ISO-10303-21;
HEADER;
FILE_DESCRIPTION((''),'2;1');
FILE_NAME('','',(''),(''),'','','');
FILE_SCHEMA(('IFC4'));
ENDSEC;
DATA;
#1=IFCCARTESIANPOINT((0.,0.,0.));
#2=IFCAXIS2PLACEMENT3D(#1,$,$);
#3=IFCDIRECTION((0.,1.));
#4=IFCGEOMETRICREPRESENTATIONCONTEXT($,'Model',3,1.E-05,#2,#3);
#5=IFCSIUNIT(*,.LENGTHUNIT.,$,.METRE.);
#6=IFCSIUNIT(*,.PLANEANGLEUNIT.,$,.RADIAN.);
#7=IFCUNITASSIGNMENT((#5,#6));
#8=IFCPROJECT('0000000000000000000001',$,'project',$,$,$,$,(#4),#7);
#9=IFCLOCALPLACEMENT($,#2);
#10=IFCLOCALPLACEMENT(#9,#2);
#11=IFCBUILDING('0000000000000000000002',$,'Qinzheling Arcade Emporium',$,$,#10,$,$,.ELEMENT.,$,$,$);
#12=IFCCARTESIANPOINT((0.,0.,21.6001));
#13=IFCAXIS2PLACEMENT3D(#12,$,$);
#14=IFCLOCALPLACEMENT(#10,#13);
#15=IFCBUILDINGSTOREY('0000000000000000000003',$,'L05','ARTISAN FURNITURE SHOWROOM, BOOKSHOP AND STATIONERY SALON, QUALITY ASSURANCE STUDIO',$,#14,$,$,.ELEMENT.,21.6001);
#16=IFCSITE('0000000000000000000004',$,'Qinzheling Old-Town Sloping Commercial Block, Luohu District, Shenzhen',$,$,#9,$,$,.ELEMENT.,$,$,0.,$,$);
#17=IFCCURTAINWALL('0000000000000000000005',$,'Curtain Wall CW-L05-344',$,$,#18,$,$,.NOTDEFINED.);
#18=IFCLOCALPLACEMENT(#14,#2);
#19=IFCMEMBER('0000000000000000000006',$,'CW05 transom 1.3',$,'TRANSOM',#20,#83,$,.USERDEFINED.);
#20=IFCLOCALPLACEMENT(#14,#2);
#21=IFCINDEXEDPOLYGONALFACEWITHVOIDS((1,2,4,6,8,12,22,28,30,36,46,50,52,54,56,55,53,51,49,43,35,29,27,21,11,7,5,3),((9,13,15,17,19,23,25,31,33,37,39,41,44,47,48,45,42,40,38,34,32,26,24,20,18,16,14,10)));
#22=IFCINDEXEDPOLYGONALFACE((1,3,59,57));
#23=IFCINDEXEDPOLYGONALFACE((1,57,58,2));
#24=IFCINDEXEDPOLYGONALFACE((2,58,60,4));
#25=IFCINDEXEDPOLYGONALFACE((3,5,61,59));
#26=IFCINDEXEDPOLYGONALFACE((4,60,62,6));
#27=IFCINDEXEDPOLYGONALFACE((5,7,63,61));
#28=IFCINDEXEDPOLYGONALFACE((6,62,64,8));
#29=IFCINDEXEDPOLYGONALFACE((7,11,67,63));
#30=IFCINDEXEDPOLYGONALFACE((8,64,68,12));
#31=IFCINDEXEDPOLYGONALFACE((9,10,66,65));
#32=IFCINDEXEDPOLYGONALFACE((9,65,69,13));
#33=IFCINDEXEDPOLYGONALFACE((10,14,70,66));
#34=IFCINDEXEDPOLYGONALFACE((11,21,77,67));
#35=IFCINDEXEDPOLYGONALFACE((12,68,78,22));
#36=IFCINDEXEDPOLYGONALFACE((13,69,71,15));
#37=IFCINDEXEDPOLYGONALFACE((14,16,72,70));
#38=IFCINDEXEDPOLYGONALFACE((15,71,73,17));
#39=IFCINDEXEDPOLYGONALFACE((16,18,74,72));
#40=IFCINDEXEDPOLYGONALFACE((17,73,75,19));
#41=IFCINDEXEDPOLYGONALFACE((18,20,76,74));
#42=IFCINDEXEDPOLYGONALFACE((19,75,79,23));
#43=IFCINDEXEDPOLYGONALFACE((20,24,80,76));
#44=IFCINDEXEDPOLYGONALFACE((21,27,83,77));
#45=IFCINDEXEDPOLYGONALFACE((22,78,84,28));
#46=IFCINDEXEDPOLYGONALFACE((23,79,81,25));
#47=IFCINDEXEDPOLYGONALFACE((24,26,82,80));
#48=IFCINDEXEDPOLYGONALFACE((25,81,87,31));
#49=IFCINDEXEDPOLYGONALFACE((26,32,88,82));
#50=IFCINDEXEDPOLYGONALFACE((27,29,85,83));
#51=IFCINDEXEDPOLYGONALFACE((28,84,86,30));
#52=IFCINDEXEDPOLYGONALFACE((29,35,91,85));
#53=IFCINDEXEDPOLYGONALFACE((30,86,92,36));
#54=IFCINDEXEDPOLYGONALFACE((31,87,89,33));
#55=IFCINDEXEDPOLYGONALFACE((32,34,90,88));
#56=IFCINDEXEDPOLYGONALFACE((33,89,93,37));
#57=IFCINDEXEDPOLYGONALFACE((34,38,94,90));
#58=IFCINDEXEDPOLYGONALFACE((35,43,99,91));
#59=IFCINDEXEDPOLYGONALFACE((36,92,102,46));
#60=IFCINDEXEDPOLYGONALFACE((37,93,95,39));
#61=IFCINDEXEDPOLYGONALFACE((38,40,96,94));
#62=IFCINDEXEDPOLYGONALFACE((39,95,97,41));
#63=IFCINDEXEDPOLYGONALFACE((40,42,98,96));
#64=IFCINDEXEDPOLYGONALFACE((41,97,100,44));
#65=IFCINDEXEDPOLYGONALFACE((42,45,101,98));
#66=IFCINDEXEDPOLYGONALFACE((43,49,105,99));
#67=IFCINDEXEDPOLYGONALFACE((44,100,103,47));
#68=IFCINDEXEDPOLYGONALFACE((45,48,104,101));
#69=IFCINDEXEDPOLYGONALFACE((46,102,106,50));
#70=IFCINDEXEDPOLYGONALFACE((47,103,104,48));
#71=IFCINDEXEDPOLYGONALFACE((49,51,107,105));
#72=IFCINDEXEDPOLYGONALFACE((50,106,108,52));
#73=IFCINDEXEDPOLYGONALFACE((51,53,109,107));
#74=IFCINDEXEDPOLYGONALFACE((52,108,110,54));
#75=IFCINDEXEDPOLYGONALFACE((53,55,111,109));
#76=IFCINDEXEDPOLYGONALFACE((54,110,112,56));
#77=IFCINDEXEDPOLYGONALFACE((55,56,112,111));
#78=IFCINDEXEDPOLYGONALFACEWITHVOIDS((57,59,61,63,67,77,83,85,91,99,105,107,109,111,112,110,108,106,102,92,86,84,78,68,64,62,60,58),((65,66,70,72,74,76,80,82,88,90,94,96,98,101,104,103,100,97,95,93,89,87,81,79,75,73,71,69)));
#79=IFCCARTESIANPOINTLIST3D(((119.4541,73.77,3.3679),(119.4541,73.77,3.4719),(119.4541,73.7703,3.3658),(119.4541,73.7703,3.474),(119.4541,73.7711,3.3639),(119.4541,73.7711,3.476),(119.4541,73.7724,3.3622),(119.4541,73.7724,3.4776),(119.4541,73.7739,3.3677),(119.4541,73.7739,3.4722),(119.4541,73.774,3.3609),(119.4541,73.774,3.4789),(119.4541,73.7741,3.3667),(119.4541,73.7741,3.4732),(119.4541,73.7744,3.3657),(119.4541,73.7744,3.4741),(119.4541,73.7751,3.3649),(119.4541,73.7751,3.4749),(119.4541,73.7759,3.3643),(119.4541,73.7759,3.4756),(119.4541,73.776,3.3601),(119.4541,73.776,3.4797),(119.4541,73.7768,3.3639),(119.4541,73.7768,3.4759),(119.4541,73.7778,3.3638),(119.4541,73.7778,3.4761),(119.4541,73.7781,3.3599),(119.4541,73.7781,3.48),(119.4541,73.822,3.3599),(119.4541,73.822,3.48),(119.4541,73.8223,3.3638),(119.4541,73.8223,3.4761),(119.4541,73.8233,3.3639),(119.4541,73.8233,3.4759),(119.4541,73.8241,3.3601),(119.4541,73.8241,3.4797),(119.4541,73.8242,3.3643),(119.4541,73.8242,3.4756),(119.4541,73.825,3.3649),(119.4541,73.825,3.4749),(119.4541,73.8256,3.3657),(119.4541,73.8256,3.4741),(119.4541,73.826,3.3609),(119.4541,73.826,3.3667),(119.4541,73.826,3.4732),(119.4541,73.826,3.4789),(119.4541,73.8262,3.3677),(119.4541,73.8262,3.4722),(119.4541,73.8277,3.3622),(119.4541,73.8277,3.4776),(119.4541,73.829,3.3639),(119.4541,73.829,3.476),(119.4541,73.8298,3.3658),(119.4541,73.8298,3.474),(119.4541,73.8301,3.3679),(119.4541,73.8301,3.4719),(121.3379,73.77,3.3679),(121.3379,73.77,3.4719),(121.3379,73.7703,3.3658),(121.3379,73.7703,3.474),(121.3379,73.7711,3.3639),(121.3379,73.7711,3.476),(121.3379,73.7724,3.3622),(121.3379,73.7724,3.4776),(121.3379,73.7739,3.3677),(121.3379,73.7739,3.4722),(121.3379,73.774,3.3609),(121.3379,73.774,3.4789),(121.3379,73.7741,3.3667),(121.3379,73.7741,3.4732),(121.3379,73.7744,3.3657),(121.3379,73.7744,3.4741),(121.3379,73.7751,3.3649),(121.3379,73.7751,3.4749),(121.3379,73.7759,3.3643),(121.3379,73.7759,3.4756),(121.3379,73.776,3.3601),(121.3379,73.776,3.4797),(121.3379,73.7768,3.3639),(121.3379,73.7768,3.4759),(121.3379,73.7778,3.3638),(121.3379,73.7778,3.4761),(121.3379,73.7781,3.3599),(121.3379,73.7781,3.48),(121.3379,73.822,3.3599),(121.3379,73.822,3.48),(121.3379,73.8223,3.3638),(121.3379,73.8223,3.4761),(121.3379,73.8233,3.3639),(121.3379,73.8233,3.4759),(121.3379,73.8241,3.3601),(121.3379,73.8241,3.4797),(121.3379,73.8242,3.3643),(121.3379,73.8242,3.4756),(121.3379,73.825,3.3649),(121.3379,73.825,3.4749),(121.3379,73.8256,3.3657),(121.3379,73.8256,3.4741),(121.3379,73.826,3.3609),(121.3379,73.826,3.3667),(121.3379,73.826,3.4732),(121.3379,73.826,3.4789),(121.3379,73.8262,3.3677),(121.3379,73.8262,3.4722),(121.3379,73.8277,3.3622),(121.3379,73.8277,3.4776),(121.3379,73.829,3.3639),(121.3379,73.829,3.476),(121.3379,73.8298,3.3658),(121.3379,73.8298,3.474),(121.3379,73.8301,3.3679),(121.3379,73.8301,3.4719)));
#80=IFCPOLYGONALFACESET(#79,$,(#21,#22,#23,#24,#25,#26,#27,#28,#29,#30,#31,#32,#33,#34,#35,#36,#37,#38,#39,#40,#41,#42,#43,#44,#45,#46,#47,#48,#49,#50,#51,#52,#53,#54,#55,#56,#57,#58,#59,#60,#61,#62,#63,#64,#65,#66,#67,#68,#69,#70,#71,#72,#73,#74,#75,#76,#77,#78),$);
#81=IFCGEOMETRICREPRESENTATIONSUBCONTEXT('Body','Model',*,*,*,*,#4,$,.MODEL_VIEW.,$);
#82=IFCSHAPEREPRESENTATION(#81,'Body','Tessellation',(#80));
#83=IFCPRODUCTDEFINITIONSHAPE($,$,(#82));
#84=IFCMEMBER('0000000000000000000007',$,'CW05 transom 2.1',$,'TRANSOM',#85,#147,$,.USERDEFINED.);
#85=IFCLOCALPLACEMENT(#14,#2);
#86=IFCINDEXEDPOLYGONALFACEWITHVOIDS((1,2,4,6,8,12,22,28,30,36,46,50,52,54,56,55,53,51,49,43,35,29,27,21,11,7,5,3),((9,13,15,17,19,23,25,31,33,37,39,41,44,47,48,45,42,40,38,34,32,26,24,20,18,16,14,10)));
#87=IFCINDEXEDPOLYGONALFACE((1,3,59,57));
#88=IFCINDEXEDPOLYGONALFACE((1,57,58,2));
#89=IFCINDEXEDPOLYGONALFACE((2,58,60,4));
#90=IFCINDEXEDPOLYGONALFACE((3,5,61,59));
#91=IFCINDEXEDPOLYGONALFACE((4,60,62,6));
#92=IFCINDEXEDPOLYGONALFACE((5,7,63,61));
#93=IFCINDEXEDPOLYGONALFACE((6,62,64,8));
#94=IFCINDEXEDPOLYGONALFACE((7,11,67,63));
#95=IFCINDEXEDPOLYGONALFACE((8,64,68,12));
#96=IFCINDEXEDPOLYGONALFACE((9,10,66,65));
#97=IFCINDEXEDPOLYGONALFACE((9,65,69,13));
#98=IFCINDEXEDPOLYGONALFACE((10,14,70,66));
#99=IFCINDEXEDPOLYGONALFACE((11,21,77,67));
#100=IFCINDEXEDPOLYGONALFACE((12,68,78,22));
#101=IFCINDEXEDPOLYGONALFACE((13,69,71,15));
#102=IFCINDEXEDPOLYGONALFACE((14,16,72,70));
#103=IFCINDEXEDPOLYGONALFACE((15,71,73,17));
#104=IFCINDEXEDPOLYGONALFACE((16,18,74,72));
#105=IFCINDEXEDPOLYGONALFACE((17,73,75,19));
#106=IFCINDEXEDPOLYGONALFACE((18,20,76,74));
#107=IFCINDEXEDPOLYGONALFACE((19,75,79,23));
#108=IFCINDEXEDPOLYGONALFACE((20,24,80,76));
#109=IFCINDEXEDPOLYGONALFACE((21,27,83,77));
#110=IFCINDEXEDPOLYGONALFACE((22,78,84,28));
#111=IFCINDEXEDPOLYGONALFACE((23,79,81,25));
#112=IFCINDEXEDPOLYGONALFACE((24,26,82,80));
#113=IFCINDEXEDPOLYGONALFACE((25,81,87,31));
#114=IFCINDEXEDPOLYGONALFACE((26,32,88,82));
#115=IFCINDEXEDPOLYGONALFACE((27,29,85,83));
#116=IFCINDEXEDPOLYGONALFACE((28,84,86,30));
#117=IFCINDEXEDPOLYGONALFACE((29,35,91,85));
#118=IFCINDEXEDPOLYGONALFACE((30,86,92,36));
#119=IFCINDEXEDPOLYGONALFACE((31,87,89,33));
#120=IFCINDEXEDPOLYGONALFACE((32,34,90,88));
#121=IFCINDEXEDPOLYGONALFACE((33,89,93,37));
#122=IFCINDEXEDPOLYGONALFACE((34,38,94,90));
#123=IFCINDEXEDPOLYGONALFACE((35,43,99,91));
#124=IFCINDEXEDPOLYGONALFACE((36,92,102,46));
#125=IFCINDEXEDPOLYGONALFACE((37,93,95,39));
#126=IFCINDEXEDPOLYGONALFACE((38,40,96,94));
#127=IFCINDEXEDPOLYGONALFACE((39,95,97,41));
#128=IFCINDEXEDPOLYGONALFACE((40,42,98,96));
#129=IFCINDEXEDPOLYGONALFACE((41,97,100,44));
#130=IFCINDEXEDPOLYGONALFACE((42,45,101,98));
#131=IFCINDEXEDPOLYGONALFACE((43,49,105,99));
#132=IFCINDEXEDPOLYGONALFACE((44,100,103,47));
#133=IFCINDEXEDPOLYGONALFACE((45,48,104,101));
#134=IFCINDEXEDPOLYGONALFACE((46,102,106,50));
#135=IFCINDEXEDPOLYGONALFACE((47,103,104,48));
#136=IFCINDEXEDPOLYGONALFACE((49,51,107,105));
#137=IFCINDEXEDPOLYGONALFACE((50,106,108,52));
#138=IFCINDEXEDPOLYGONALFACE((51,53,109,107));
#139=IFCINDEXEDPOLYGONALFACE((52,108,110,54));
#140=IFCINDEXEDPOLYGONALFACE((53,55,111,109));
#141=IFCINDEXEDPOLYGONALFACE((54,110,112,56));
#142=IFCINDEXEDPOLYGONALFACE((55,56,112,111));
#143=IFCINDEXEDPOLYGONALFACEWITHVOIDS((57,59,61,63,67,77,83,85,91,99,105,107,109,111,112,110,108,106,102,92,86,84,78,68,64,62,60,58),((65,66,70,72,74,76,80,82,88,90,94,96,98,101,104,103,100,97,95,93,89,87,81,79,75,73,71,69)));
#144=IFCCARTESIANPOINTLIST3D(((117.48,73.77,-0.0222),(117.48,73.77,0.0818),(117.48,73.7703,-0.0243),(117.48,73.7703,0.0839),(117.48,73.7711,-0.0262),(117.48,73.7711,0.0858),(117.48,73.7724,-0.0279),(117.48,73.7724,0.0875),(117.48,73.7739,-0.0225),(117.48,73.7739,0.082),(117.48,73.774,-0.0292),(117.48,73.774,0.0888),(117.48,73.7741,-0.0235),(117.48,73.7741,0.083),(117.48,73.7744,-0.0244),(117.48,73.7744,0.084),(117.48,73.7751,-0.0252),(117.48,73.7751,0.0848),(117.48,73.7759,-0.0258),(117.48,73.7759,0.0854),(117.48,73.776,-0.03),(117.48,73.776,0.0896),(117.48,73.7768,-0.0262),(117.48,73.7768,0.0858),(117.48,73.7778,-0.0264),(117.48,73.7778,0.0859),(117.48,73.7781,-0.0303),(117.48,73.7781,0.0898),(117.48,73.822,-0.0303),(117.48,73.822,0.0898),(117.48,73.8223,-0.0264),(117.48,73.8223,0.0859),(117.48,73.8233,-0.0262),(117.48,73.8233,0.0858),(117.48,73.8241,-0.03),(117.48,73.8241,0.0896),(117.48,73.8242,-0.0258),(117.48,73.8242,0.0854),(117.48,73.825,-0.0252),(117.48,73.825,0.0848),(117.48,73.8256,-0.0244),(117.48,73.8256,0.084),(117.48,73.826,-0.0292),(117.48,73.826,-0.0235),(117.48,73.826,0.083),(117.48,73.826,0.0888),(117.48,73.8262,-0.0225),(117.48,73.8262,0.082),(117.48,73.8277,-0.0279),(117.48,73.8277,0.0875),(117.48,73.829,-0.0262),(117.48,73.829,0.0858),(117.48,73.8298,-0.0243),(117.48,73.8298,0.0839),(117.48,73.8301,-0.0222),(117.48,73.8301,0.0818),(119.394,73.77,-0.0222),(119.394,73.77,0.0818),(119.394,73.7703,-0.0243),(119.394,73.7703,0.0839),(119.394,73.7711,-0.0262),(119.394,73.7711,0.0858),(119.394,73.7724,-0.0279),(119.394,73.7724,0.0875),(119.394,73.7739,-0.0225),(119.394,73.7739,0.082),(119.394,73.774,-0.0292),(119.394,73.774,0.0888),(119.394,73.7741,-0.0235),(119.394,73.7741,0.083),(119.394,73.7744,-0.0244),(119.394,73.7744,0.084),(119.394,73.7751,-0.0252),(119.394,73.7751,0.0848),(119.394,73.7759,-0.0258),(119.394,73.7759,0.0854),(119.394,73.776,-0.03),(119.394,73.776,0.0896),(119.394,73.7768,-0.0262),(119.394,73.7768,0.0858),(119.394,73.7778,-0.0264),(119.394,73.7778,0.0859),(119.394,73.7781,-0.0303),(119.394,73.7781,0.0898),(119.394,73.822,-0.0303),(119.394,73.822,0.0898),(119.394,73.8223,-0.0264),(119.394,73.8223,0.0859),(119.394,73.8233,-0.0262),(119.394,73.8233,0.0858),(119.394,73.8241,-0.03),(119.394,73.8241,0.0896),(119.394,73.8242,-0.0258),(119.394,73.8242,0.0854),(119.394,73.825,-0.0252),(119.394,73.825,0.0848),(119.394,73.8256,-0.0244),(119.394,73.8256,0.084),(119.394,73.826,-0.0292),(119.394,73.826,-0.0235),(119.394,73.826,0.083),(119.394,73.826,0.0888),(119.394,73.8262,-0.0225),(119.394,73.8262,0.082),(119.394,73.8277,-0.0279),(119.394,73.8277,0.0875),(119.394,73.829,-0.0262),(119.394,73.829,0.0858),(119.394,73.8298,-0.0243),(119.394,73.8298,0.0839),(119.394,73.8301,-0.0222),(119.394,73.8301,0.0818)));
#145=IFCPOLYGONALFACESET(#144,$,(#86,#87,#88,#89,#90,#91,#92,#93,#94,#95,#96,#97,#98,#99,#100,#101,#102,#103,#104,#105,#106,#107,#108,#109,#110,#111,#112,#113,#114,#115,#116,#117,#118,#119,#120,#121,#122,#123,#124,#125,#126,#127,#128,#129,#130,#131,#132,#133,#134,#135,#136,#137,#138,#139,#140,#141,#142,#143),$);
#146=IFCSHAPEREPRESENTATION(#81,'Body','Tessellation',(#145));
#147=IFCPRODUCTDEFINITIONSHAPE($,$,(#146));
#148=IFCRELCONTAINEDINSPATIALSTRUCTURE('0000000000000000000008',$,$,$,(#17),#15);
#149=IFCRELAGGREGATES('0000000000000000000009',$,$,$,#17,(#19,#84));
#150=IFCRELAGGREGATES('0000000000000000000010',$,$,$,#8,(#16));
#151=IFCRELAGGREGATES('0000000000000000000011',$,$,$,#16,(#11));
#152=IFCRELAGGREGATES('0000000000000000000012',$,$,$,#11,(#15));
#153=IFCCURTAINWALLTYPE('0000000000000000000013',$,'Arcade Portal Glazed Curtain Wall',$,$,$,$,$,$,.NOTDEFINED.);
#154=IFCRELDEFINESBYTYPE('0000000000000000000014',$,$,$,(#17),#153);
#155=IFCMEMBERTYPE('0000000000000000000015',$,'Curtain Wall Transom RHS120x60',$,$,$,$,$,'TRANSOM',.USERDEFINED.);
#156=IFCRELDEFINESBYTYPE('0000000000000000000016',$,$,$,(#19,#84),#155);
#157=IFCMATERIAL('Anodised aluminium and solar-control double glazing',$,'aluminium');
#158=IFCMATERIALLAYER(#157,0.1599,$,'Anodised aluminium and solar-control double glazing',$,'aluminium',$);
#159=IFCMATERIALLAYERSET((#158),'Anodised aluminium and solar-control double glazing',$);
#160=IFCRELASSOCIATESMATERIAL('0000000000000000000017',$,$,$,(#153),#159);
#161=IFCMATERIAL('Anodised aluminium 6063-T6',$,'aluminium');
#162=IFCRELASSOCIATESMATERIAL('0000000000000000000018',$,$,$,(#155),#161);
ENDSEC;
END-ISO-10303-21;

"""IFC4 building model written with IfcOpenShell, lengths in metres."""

from ifc_helpers import new_model, si_unit, direction, frame, origin, origin_2d, place, context, subcontext, project, spatial, hollow_rectangle, extrude, material, layer, layer_set, material_profile, profile_set, type_object, element, aggregate, save


model = new_model("IFC4")

# Units and contexts
model_context = context("Model", 3, precision=1e-05, world=origin(), true_north=direction((0.0, 1.0)))
body_context = subcontext(model_context, "Body", "Model", "MODEL_VIEW")
ifc_project = project(units=[si_unit("LENGTHUNIT", "METRE"), si_unit("PLANEANGLEUNIT", "RADIAN")], contexts=[model_context])

# Site, building, storey
site_placement = place(None, origin())
site = spatial("IfcSite", under=ifc_project, at=site_placement, Name="Qinzheling Old-Town Sloping Commercial Block, Luohu District, Shenzhen", CompositionType="ELEMENT", RefElevation=0.0)
building_placement = place(site_placement, origin())
building = spatial("IfcBuilding", under=site, at=building_placement, Name="Qinzheling Arcade Emporium", CompositionType="ELEMENT")
storey_placement = place(building_placement, frame((0.0, 0.0, 21.6001)))
storey = spatial("IfcBuildingStorey", under=building, at=storey_placement, Name="L05", Description="ARTISAN FURNITURE SHOWROOM, BOOKSHOP AND STATIONERY SALON, QUALITY ASSURANCE STUDIO", CompositionType="ELEMENT", Elevation=21.6001)

# Curtain wall, members
ifc_material_1 = material(Name="Anodised aluminium and solar-control double glazing", Category="aluminium")
ifc_layer_1 = layer(ifc_material_1, 0.1599, Name="Anodised aluminium and solar-control double glazing", Category="aluminium")
ifc_layer_set_1 = layer_set([ifc_layer_1], Name="Anodised aluminium and solar-control double glazing")
curtain_wall_type = type_object("IfcCurtainWallType", Name="Arcade Portal Glazed Curtain Wall", PredefinedType="NOTDEFINED", material=ifc_layer_set_1)
curtain_wall_placement = place(storey_placement, origin())
curtain_wall = element("IfcCurtainWall", 1, at=curtain_wall_placement, inside=storey, type_object=curtain_wall_type, Name="Curtain Wall CW-L05-344", PredefinedType="NOTDEFINED")
ifc_material_2 = material(Name="Anodised aluminium 6063-T6", Category="aluminium")
ifc_material_profile_1 = material_profile(ifc_material_2, hollow_rectangle(XDim=0.0601, YDim=0.1201, WallThickness=0.0039, InnerFilletRadius=0.0039, OuterFilletRadius=0.0081, at=origin_2d()), Name="RHS 120x60x4", Category="aluminium")
ifc_profile_set_1 = profile_set([ifc_material_profile_1], Name="Anodised aluminium 6063-T6")
member_type_1 = type_object("IfcMemberType", Name="Curtain Wall Transom RHS120x60", ElementType="TRANSOM", PredefinedType="USERDEFINED", material=ifc_profile_set_1)
member_1_placement = place(storey_placement, frame((121.3379, 73.8, 3.4199), z_axis=(-1.0, 0.0, 0.0), x_axis=(0.0, -1.0, 0.0)))
member_1 = element("IfcMember", 2, at=member_1_placement, type_object=member_type_1, Name="CW05 transom 1.3", ObjectType="TRANSOM", PredefinedType="USERDEFINED", context=body_context, shape_type="SweptSolid", body=[
    extrude(hollow_rectangle(XDim=0.0601, YDim=0.1201, WallThickness=0.0039, InnerFilletRadius=0.0039, OuterFilletRadius=0.0081, at=origin_2d()), origin(), (0.0, 0.0, 1.0), 1.8838),
])
member_2_placement = place(storey_placement, frame((119.394, 73.8, 0.0298), z_axis=(-1.0, 0.0, 0.0), x_axis=(0.0, -1.0, 0.0)))
member_2 = element("IfcMember", 3, at=member_2_placement, type_object=member_type_1, Name="CW05 transom 2.1", ObjectType="TRANSOM", PredefinedType="USERDEFINED", context=body_context, shape_type="SweptSolid", body=[
    extrude(hollow_rectangle(XDim=0.0601, YDim=0.1201, WallThickness=0.0039, InnerFilletRadius=0.0039, OuterFilletRadius=0.0081, at=origin_2d()), origin(), (0.0, 0.0, 1.0), 1.9141),
])

aggregate(curtain_wall, [member_1, member_2])

save(model, "model.ifc")
